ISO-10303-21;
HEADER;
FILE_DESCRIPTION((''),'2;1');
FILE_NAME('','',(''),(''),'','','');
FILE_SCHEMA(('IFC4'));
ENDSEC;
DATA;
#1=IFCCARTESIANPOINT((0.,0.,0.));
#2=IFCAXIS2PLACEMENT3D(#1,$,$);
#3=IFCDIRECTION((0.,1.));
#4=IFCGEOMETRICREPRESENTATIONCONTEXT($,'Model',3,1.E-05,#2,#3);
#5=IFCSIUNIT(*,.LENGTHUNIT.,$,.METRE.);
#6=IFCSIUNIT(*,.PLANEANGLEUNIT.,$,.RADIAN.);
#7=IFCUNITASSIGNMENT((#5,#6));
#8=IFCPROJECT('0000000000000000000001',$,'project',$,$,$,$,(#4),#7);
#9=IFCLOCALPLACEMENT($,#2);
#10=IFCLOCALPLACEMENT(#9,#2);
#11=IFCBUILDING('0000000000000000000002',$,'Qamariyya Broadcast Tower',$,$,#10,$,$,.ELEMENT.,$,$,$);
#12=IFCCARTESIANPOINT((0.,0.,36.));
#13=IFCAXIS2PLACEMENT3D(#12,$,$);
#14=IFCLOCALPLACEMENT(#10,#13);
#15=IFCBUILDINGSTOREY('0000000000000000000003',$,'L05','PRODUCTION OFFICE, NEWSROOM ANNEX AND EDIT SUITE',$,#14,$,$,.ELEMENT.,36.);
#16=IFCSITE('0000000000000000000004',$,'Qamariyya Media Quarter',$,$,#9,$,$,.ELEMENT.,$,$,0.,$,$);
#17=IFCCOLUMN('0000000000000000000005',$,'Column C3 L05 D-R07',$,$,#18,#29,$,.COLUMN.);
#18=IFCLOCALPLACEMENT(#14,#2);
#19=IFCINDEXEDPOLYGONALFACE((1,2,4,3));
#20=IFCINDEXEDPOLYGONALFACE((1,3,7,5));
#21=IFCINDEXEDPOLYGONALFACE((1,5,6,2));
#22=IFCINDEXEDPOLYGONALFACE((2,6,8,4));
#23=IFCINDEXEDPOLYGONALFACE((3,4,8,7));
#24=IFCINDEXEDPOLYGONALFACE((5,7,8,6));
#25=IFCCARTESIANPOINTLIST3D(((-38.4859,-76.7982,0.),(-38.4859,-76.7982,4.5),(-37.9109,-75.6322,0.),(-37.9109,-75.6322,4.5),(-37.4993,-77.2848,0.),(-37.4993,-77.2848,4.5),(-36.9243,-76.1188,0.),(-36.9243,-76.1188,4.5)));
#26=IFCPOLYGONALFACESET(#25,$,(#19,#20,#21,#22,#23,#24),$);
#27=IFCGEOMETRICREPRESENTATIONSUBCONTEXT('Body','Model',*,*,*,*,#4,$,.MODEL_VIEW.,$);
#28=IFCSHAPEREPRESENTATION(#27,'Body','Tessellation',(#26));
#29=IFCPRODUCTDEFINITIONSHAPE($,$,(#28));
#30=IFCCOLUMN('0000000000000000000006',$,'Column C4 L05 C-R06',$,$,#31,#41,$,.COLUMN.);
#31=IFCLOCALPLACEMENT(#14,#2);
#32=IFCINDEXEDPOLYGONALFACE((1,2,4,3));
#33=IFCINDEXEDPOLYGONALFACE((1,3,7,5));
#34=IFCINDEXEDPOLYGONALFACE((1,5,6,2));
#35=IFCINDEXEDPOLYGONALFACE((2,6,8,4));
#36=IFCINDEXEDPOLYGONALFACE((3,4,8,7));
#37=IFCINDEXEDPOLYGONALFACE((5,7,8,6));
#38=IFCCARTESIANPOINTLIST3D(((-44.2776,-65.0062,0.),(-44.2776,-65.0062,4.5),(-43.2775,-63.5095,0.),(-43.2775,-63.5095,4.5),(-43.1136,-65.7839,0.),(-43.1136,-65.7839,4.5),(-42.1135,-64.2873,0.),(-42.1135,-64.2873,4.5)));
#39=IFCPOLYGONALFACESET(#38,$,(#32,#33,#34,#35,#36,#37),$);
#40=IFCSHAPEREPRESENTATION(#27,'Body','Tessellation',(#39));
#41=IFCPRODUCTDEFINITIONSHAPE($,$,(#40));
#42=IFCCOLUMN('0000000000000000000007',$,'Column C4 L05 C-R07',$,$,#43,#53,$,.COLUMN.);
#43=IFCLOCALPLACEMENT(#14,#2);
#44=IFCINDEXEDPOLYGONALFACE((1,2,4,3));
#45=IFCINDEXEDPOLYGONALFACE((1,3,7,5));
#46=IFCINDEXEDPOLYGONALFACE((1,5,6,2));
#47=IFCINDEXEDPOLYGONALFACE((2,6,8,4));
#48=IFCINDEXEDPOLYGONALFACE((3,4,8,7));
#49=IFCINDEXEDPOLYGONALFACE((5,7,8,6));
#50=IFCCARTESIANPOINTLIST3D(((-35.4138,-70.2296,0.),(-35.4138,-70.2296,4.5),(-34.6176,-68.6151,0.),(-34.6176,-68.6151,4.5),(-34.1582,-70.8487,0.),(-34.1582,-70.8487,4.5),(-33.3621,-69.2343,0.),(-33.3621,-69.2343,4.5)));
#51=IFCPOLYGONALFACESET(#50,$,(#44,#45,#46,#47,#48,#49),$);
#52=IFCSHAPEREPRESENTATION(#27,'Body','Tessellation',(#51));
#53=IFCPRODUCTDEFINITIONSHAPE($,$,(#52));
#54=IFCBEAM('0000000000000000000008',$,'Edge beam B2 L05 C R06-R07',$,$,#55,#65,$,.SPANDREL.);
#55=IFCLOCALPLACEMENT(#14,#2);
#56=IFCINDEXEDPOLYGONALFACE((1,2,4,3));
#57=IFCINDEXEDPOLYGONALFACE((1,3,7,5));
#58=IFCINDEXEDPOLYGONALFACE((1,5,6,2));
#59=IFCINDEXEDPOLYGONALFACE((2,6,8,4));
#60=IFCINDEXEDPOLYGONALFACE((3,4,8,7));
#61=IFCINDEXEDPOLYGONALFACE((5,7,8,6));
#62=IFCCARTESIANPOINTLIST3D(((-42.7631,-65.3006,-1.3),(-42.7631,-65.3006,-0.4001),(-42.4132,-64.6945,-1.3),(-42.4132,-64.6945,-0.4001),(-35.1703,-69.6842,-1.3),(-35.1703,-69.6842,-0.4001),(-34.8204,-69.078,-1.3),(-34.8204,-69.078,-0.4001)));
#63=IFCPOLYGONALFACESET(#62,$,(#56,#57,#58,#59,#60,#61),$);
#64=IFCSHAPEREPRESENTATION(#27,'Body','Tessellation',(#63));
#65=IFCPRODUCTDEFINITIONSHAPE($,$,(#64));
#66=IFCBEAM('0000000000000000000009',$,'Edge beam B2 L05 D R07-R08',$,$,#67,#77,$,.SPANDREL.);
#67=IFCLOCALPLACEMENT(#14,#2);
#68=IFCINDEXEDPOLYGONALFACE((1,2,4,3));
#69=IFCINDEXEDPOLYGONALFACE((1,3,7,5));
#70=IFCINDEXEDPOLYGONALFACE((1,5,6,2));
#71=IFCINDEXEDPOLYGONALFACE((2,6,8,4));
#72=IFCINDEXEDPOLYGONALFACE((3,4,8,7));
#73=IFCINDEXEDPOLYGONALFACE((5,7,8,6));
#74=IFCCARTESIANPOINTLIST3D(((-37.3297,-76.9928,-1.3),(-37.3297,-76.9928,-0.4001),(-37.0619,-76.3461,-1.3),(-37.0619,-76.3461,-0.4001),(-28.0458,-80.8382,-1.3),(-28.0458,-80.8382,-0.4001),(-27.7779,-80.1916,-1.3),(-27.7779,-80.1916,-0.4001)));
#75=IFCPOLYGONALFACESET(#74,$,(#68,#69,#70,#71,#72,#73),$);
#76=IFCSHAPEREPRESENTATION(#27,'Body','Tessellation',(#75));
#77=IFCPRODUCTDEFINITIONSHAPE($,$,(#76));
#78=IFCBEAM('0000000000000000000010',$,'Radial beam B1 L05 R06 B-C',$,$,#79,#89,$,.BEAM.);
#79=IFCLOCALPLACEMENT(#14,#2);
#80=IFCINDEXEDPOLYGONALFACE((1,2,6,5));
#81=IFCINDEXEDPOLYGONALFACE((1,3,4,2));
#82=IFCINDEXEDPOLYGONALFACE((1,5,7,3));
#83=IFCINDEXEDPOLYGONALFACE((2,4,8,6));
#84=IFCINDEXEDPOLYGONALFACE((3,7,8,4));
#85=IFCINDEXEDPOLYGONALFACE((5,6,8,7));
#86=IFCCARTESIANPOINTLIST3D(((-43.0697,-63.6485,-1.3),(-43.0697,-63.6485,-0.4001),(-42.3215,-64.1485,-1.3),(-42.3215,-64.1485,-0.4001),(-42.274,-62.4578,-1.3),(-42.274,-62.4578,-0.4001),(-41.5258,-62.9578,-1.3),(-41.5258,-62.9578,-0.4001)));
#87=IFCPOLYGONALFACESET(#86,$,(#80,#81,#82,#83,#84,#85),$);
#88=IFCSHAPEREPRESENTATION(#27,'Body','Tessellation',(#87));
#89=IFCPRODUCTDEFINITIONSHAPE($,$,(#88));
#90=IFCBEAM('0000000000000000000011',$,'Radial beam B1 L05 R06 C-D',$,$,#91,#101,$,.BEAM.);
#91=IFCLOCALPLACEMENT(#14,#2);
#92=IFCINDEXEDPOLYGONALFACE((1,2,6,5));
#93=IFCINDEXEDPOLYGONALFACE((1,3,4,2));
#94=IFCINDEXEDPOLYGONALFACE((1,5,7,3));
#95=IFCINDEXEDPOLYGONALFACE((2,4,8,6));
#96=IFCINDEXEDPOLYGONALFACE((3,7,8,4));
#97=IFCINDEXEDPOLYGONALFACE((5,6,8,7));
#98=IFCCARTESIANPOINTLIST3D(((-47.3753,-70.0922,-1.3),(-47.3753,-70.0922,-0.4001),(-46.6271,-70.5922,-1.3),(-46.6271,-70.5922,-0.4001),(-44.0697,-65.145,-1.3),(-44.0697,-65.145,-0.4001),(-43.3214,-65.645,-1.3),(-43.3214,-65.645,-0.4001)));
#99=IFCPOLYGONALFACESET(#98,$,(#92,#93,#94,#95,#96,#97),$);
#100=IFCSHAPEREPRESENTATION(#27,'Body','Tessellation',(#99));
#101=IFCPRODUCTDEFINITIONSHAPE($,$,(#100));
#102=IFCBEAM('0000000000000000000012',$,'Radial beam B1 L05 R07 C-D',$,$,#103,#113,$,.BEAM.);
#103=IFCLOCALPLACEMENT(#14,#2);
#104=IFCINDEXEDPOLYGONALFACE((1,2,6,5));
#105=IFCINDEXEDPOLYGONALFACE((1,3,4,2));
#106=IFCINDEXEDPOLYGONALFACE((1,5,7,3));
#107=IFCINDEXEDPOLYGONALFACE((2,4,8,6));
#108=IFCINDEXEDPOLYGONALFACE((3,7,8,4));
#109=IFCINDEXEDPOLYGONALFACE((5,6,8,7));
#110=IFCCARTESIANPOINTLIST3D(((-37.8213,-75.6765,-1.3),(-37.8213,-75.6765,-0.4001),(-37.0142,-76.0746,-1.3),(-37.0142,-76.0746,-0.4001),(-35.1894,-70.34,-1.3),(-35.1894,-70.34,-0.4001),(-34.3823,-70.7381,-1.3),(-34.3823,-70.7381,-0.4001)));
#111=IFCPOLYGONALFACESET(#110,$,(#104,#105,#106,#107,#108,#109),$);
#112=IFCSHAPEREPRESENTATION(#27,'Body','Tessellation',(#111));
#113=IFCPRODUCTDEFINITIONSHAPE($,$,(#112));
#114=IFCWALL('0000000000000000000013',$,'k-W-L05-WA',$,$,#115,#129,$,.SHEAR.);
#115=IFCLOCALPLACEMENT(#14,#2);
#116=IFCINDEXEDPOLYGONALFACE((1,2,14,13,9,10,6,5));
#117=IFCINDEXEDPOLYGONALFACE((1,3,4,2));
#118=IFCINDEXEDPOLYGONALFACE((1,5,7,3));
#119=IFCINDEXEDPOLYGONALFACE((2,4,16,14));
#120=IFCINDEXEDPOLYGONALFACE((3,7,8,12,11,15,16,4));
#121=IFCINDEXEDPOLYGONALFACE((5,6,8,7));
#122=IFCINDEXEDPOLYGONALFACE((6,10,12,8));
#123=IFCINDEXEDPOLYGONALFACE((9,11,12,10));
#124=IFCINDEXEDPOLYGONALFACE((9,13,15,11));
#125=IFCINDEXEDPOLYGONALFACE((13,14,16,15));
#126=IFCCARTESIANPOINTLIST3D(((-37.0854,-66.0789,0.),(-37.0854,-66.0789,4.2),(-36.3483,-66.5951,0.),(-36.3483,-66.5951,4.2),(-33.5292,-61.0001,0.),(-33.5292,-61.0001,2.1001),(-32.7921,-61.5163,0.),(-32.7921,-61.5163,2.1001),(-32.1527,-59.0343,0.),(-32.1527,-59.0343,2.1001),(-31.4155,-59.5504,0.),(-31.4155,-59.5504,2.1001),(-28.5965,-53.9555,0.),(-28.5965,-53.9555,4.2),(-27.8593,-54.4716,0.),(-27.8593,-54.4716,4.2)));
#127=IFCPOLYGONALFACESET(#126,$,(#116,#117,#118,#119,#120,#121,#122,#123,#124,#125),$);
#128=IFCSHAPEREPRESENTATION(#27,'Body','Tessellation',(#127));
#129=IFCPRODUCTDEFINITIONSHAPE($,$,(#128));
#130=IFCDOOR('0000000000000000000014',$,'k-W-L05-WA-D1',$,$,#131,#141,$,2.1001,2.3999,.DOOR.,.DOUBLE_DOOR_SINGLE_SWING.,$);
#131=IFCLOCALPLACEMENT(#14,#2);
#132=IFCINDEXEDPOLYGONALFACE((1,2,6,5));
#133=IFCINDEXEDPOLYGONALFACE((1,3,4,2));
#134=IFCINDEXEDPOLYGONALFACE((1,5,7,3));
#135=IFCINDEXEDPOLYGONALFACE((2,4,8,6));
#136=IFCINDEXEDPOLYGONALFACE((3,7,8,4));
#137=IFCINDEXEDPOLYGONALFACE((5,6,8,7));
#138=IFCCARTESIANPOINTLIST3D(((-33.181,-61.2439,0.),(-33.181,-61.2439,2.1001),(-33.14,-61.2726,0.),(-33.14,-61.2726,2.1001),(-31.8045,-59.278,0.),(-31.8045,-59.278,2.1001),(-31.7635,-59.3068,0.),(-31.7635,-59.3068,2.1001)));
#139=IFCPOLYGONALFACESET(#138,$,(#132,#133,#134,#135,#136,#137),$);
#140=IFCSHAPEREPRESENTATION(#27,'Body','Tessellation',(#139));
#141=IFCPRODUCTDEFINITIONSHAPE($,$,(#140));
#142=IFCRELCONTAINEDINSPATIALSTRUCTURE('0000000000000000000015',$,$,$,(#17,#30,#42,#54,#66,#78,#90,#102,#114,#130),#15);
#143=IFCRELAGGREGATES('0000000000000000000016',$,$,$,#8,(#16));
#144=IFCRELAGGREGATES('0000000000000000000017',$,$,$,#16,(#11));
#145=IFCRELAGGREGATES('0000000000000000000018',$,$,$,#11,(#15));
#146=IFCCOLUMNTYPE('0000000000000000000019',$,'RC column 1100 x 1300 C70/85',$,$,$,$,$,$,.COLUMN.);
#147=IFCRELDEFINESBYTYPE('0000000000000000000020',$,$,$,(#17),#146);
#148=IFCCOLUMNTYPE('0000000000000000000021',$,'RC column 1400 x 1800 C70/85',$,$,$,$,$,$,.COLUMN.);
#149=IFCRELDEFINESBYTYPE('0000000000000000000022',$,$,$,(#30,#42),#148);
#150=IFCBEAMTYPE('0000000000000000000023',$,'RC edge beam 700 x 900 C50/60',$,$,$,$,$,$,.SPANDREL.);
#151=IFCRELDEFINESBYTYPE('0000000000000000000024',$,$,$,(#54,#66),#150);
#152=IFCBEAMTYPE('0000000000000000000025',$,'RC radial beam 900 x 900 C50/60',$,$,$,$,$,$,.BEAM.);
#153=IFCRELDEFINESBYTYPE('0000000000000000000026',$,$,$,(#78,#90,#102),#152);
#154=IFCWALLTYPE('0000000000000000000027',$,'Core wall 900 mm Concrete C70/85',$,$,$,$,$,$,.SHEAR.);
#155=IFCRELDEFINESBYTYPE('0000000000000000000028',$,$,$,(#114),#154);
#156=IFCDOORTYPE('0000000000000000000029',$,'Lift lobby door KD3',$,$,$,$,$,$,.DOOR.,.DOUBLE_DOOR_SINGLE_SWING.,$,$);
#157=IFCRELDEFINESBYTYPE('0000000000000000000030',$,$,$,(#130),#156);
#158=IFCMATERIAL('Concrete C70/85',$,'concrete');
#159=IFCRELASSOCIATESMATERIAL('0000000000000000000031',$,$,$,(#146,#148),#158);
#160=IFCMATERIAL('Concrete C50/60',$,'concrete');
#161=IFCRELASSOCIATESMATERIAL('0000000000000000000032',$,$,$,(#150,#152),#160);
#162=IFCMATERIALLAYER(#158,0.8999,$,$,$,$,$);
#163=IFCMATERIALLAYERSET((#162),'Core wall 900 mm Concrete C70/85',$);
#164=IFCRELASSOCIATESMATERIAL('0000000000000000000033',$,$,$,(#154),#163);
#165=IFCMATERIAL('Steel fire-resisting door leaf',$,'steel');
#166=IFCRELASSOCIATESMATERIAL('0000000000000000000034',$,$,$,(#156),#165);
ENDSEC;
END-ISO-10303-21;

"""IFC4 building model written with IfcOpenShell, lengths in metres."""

from ifc_helpers import new_model, si_unit, direction, frame, frame_2d, origin, origin_2d, place, context, subcontext, project, spatial, rectangle, extrude, material, layer, layer_set, material_profile, profile_set, type_object, element, fill, save


model = new_model("IFC4")

# Units and contexts
model_context = context("Model", 3, precision=1e-05, world=origin(), true_north=direction((0.0, 1.0)))
body_context = subcontext(model_context, "Body", "Model", "MODEL_VIEW")
ifc_project = project(units=[si_unit("LENGTHUNIT", "METRE"), si_unit("PLANEANGLEUNIT", "RADIAN")], contexts=[model_context])

# Site, building, storey
site_placement = place(None, origin())
site = spatial("IfcSite", under=ifc_project, at=site_placement, Name="Qamariyya Media Quarter", CompositionType="ELEMENT", RefElevation=0.0)
building_placement = place(site_placement, origin())
building = spatial("IfcBuilding", under=site, at=building_placement, Name="Qamariyya Broadcast Tower", CompositionType="ELEMENT")
storey_placement = place(building_placement, frame((0.0, 0.0, 36.0)))
storey = spatial("IfcBuildingStorey", under=building, at=storey_placement, Name="L05", Description="PRODUCTION OFFICE, NEWSROOM ANNEX AND EDIT SUITE", CompositionType="ELEMENT", Elevation=36.0)

# Columns
ifc_material_1 = material(Name="Concrete C70/85", Category="concrete")
ifc_material_profile_1 = material_profile(ifc_material_1, rectangle(XDim=1.1001, YDim=1.3, at=origin_2d()))
ifc_profile_set_1 = profile_set([ifc_material_profile_1], Name="Concrete C70/85")
column_type_1 = type_object("IfcColumnType", Name="RC column 1100 x 1300 C70/85", PredefinedType="COLUMN", material=ifc_profile_set_1)
column_placement = place(storey_placement, frame((-37.7051, -76.4585, 0.0), z_axis=(0.0, 0.0, 1.0), x_axis=(0.896873, -0.442289, 0.0)))
element("IfcColumn", 1, at=column_placement, inside=storey, type_object=column_type_1, Name="Column C3 L05 D-R07", PredefinedType="COLUMN", context=body_context, shape_type="SweptSolid", body=[
    extrude(rectangle(XDim=1.1001, YDim=1.3, at=origin_2d()), origin(), (0.0, 0.0, 1.0), 4.5),
])
ifc_material_profile_2 = material_profile(ifc_material_1, rectangle(XDim=1.3999, YDim=1.8, at=origin_2d()))
ifc_profile_set_2 = profile_set([ifc_material_profile_2], Name="Concrete C70/85")
column_type_2 = type_object("IfcColumnType", Name="RC column 1400 x 1800 C70/85", PredefinedType="COLUMN", material=ifc_profile_set_2)
for number, where, z_axis, x_axis, name in (
    (2, (-43.1956, -64.6467, 0.0), (0.0, 0.0, 1.0), (0.83147, -0.55557, 0.0), "Column C4 L05 C-R06"),
    (3, (-34.3879, -69.7319, 0.0), (0.0, 0.0, 1.0), (0.896873, -0.442289, 0.0), "Column C4 L05 C-R07"),
):
    element("IfcColumn", number, at=place(storey_placement, frame(where, z_axis=z_axis, x_axis=x_axis)), inside=storey, type_object=column_type_2, Name=name, PredefinedType="COLUMN", context=body_context, shape_type="SweptSolid", body=[
        extrude(rectangle(XDim=1.3999, YDim=1.8, at=origin_2d()), origin(), (0.0, 0.0, 1.0), 4.5),
    ])

# Beams
ifc_material_2 = material(Name="Concrete C50/60", Category="concrete")
ifc_material_profile_3 = material_profile(ifc_material_2, rectangle(XDim=0.7, YDim=0.8999, at=origin_2d()))
ifc_profile_set_3 = profile_set([ifc_material_profile_3], Name="Concrete C50/60")
beam_type_1 = type_object("IfcBeamType", Name="RC edge beam 700 x 900 C50/60", PredefinedType="SPANDREL", material=ifc_profile_set_3)
beam_1_placement = place(storey_placement, frame((-42.5881, -64.9976, -0.8501), z_axis=(0.866033, -0.499988, 0.0), x_axis=(0.499988, 0.866033, 0.0)))
element("IfcBeam", 4, at=beam_1_placement, inside=storey, type_object=beam_type_1, Name="Edge beam B2 L05 C R06-R07", PredefinedType="SPANDREL", context=body_context, shape_type="SweptSolid", body=[
    extrude(rectangle(XDim=0.7, YDim=0.8999, at=origin_2d()), origin(), (0.0, 0.0, 1.0), 8.7673),
])
beam_2_placement = place(storey_placement, frame((-37.1958, -76.6694, -0.8501), z_axis=(0.923882, -0.382677, 0.0), x_axis=(0.382677, 0.923882, 0.0)))
element("IfcBeam", 5, at=beam_2_placement, inside=storey, type_object=beam_type_1, Name="Edge beam B2 L05 D R07-R08", PredefinedType="SPANDREL", context=body_context, shape_type="SweptSolid", body=[
    extrude(rectangle(XDim=0.7, YDim=0.8999, at=origin_2d()), origin(), (0.0, 0.0, 1.0), 10.0488),
])
ifc_material_profile_4 = material_profile(ifc_material_2, rectangle(XDim=0.8999, YDim=0.8999, at=origin_2d()))
ifc_profile_set_4 = profile_set([ifc_material_profile_4], Name="Concrete C50/60")
beam_type_2 = type_object("IfcBeamType", Name="RC radial beam 900 x 900 C50/60", PredefinedType="BEAM", material=ifc_profile_set_4)
beam_3_placement = place(storey_placement, frame((-41.8999, -62.7078, -0.8501), z_axis=(-0.555605, -0.831447, 0.0), x_axis=(0.831447, -0.555605, 0.0)))
element("IfcBeam", 6, at=beam_3_placement, inside=storey, type_object=beam_type_2, Name="Radial beam B1 L05 R06 B-C", PredefinedType="BEAM", context=body_context, shape_type="SweptSolid", body=[
    extrude(rectangle(XDim=0.8999, YDim=0.8999, at=origin_2d()), origin(), (0.0, 0.0, 1.0), 1.4321),
])
beam_4_placement = place(storey_placement, frame((-43.6956, -65.395, -0.8501), z_axis=(-0.555571, -0.831469, 0.0), x_axis=(0.831469, -0.555571, 0.0)))
element("IfcBeam", 7, at=beam_4_placement, inside=storey, type_object=beam_type_2, Name="Radial beam B1 L05 R06 C-D", PredefinedType="BEAM", context=body_context, shape_type="SweptSolid", body=[
    extrude(rectangle(XDim=0.8999, YDim=0.8999, at=origin_2d()), origin(), (0.0, 0.0, 1.0), 5.95),
])
beam_5_placement = place(storey_placement, frame((-34.7859, -70.5391, -0.8501), z_axis=(-0.442316, -0.896859, 0.0), x_axis=(0.896859, -0.442316, 0.0)))
element("IfcBeam", 8, at=beam_5_placement, inside=storey, type_object=beam_type_2, Name="Radial beam B1 L05 R07 C-D", PredefinedType="BEAM", context=body_context, shape_type="SweptSolid", body=[
    extrude(rectangle(XDim=0.8999, YDim=0.8999, at=origin_2d()), origin(), (0.0, 0.0, 1.0), 5.9502),
])

# Wall, opening, door
ifc_layer_1 = layer(ifc_material_1, 0.8999)
ifc_layer_set_1 = layer_set([ifc_layer_1], Name="Core wall 900 mm Concrete C70/85")
wall_type_1 = type_object("IfcWallType", Name="Core wall 900 mm Concrete C70/85", PredefinedType="SHEAR", material=ifc_layer_set_1)
wall_1_placement = place(storey_placement, frame((-36.7168, -66.3369, 0.0), z_axis=(0.0, 0.0, 1.0), x_axis=(0.573577, 0.819151, 0.0)))
wall_1 = element("IfcWall", 9, at=wall_1_placement, inside=storey, type_object=wall_type_1, Name="k-W-L05-WA", PredefinedType="SHEAR", context=body_context, shape_type="SweptSolid", body=[
    extrude(rectangle(XDim=14.8, YDim=0.8999, at=frame_2d((7.3999, 0.0))), origin(), (0.0, 0.0, 1.0), 4.2),
])
opening_1_placement = place(wall_1_placement, frame((6.2, 0.0, 0.0)))
opening_1 = element("IfcOpeningElement", 10, at=opening_1_placement, cuts=wall_1, PredefinedType="OPENING", context=body_context, shape_type="SweptSolid", body=[
    extrude(rectangle(XDim=2.3999, YDim=2.1001, at=frame_2d((1.2, 1.05))), frame((0.0, 0.46, 0.0), z_axis=(0.0, -1.0, 0.0), x_axis=(1.0, 0.0, 0.0)), (0.0, 0.0, 1.0), 0.9199),
])
ifc_material_3 = material(Name="Steel fire-resisting door leaf", Category="steel")
door_type_1 = type_object("IfcDoorType", Name="Lift lobby door KD3", OperationType="DOUBLE_DOOR_SINGLE_SWING", PredefinedType="DOOR", material=ifc_material_3)
door_1_placement = place(opening_1_placement, origin())
door_1 = element("IfcDoor", 11, at=door_1_placement, inside=storey, type_object=door_type_1, Name="k-W-L05-WA-D1", OperationType="DOUBLE_DOOR_SINGLE_SWING", OverallHeight=2.1001, OverallWidth=2.3999, PredefinedType="DOOR", context=body_context, shape_type="SweptSolid", body=[
    extrude(rectangle(XDim=2.3999, YDim=2.1001, at=frame_2d((1.2, 1.05))), frame((0.0, 0.0249, 0.0), z_axis=(0.0, -1.0, 0.0), x_axis=(1.0, 0.0, 0.0)), (0.0, 0.0, 1.0), 0.05),
])
fill(opening_1, door_1)

save(model, "model.ifc")
